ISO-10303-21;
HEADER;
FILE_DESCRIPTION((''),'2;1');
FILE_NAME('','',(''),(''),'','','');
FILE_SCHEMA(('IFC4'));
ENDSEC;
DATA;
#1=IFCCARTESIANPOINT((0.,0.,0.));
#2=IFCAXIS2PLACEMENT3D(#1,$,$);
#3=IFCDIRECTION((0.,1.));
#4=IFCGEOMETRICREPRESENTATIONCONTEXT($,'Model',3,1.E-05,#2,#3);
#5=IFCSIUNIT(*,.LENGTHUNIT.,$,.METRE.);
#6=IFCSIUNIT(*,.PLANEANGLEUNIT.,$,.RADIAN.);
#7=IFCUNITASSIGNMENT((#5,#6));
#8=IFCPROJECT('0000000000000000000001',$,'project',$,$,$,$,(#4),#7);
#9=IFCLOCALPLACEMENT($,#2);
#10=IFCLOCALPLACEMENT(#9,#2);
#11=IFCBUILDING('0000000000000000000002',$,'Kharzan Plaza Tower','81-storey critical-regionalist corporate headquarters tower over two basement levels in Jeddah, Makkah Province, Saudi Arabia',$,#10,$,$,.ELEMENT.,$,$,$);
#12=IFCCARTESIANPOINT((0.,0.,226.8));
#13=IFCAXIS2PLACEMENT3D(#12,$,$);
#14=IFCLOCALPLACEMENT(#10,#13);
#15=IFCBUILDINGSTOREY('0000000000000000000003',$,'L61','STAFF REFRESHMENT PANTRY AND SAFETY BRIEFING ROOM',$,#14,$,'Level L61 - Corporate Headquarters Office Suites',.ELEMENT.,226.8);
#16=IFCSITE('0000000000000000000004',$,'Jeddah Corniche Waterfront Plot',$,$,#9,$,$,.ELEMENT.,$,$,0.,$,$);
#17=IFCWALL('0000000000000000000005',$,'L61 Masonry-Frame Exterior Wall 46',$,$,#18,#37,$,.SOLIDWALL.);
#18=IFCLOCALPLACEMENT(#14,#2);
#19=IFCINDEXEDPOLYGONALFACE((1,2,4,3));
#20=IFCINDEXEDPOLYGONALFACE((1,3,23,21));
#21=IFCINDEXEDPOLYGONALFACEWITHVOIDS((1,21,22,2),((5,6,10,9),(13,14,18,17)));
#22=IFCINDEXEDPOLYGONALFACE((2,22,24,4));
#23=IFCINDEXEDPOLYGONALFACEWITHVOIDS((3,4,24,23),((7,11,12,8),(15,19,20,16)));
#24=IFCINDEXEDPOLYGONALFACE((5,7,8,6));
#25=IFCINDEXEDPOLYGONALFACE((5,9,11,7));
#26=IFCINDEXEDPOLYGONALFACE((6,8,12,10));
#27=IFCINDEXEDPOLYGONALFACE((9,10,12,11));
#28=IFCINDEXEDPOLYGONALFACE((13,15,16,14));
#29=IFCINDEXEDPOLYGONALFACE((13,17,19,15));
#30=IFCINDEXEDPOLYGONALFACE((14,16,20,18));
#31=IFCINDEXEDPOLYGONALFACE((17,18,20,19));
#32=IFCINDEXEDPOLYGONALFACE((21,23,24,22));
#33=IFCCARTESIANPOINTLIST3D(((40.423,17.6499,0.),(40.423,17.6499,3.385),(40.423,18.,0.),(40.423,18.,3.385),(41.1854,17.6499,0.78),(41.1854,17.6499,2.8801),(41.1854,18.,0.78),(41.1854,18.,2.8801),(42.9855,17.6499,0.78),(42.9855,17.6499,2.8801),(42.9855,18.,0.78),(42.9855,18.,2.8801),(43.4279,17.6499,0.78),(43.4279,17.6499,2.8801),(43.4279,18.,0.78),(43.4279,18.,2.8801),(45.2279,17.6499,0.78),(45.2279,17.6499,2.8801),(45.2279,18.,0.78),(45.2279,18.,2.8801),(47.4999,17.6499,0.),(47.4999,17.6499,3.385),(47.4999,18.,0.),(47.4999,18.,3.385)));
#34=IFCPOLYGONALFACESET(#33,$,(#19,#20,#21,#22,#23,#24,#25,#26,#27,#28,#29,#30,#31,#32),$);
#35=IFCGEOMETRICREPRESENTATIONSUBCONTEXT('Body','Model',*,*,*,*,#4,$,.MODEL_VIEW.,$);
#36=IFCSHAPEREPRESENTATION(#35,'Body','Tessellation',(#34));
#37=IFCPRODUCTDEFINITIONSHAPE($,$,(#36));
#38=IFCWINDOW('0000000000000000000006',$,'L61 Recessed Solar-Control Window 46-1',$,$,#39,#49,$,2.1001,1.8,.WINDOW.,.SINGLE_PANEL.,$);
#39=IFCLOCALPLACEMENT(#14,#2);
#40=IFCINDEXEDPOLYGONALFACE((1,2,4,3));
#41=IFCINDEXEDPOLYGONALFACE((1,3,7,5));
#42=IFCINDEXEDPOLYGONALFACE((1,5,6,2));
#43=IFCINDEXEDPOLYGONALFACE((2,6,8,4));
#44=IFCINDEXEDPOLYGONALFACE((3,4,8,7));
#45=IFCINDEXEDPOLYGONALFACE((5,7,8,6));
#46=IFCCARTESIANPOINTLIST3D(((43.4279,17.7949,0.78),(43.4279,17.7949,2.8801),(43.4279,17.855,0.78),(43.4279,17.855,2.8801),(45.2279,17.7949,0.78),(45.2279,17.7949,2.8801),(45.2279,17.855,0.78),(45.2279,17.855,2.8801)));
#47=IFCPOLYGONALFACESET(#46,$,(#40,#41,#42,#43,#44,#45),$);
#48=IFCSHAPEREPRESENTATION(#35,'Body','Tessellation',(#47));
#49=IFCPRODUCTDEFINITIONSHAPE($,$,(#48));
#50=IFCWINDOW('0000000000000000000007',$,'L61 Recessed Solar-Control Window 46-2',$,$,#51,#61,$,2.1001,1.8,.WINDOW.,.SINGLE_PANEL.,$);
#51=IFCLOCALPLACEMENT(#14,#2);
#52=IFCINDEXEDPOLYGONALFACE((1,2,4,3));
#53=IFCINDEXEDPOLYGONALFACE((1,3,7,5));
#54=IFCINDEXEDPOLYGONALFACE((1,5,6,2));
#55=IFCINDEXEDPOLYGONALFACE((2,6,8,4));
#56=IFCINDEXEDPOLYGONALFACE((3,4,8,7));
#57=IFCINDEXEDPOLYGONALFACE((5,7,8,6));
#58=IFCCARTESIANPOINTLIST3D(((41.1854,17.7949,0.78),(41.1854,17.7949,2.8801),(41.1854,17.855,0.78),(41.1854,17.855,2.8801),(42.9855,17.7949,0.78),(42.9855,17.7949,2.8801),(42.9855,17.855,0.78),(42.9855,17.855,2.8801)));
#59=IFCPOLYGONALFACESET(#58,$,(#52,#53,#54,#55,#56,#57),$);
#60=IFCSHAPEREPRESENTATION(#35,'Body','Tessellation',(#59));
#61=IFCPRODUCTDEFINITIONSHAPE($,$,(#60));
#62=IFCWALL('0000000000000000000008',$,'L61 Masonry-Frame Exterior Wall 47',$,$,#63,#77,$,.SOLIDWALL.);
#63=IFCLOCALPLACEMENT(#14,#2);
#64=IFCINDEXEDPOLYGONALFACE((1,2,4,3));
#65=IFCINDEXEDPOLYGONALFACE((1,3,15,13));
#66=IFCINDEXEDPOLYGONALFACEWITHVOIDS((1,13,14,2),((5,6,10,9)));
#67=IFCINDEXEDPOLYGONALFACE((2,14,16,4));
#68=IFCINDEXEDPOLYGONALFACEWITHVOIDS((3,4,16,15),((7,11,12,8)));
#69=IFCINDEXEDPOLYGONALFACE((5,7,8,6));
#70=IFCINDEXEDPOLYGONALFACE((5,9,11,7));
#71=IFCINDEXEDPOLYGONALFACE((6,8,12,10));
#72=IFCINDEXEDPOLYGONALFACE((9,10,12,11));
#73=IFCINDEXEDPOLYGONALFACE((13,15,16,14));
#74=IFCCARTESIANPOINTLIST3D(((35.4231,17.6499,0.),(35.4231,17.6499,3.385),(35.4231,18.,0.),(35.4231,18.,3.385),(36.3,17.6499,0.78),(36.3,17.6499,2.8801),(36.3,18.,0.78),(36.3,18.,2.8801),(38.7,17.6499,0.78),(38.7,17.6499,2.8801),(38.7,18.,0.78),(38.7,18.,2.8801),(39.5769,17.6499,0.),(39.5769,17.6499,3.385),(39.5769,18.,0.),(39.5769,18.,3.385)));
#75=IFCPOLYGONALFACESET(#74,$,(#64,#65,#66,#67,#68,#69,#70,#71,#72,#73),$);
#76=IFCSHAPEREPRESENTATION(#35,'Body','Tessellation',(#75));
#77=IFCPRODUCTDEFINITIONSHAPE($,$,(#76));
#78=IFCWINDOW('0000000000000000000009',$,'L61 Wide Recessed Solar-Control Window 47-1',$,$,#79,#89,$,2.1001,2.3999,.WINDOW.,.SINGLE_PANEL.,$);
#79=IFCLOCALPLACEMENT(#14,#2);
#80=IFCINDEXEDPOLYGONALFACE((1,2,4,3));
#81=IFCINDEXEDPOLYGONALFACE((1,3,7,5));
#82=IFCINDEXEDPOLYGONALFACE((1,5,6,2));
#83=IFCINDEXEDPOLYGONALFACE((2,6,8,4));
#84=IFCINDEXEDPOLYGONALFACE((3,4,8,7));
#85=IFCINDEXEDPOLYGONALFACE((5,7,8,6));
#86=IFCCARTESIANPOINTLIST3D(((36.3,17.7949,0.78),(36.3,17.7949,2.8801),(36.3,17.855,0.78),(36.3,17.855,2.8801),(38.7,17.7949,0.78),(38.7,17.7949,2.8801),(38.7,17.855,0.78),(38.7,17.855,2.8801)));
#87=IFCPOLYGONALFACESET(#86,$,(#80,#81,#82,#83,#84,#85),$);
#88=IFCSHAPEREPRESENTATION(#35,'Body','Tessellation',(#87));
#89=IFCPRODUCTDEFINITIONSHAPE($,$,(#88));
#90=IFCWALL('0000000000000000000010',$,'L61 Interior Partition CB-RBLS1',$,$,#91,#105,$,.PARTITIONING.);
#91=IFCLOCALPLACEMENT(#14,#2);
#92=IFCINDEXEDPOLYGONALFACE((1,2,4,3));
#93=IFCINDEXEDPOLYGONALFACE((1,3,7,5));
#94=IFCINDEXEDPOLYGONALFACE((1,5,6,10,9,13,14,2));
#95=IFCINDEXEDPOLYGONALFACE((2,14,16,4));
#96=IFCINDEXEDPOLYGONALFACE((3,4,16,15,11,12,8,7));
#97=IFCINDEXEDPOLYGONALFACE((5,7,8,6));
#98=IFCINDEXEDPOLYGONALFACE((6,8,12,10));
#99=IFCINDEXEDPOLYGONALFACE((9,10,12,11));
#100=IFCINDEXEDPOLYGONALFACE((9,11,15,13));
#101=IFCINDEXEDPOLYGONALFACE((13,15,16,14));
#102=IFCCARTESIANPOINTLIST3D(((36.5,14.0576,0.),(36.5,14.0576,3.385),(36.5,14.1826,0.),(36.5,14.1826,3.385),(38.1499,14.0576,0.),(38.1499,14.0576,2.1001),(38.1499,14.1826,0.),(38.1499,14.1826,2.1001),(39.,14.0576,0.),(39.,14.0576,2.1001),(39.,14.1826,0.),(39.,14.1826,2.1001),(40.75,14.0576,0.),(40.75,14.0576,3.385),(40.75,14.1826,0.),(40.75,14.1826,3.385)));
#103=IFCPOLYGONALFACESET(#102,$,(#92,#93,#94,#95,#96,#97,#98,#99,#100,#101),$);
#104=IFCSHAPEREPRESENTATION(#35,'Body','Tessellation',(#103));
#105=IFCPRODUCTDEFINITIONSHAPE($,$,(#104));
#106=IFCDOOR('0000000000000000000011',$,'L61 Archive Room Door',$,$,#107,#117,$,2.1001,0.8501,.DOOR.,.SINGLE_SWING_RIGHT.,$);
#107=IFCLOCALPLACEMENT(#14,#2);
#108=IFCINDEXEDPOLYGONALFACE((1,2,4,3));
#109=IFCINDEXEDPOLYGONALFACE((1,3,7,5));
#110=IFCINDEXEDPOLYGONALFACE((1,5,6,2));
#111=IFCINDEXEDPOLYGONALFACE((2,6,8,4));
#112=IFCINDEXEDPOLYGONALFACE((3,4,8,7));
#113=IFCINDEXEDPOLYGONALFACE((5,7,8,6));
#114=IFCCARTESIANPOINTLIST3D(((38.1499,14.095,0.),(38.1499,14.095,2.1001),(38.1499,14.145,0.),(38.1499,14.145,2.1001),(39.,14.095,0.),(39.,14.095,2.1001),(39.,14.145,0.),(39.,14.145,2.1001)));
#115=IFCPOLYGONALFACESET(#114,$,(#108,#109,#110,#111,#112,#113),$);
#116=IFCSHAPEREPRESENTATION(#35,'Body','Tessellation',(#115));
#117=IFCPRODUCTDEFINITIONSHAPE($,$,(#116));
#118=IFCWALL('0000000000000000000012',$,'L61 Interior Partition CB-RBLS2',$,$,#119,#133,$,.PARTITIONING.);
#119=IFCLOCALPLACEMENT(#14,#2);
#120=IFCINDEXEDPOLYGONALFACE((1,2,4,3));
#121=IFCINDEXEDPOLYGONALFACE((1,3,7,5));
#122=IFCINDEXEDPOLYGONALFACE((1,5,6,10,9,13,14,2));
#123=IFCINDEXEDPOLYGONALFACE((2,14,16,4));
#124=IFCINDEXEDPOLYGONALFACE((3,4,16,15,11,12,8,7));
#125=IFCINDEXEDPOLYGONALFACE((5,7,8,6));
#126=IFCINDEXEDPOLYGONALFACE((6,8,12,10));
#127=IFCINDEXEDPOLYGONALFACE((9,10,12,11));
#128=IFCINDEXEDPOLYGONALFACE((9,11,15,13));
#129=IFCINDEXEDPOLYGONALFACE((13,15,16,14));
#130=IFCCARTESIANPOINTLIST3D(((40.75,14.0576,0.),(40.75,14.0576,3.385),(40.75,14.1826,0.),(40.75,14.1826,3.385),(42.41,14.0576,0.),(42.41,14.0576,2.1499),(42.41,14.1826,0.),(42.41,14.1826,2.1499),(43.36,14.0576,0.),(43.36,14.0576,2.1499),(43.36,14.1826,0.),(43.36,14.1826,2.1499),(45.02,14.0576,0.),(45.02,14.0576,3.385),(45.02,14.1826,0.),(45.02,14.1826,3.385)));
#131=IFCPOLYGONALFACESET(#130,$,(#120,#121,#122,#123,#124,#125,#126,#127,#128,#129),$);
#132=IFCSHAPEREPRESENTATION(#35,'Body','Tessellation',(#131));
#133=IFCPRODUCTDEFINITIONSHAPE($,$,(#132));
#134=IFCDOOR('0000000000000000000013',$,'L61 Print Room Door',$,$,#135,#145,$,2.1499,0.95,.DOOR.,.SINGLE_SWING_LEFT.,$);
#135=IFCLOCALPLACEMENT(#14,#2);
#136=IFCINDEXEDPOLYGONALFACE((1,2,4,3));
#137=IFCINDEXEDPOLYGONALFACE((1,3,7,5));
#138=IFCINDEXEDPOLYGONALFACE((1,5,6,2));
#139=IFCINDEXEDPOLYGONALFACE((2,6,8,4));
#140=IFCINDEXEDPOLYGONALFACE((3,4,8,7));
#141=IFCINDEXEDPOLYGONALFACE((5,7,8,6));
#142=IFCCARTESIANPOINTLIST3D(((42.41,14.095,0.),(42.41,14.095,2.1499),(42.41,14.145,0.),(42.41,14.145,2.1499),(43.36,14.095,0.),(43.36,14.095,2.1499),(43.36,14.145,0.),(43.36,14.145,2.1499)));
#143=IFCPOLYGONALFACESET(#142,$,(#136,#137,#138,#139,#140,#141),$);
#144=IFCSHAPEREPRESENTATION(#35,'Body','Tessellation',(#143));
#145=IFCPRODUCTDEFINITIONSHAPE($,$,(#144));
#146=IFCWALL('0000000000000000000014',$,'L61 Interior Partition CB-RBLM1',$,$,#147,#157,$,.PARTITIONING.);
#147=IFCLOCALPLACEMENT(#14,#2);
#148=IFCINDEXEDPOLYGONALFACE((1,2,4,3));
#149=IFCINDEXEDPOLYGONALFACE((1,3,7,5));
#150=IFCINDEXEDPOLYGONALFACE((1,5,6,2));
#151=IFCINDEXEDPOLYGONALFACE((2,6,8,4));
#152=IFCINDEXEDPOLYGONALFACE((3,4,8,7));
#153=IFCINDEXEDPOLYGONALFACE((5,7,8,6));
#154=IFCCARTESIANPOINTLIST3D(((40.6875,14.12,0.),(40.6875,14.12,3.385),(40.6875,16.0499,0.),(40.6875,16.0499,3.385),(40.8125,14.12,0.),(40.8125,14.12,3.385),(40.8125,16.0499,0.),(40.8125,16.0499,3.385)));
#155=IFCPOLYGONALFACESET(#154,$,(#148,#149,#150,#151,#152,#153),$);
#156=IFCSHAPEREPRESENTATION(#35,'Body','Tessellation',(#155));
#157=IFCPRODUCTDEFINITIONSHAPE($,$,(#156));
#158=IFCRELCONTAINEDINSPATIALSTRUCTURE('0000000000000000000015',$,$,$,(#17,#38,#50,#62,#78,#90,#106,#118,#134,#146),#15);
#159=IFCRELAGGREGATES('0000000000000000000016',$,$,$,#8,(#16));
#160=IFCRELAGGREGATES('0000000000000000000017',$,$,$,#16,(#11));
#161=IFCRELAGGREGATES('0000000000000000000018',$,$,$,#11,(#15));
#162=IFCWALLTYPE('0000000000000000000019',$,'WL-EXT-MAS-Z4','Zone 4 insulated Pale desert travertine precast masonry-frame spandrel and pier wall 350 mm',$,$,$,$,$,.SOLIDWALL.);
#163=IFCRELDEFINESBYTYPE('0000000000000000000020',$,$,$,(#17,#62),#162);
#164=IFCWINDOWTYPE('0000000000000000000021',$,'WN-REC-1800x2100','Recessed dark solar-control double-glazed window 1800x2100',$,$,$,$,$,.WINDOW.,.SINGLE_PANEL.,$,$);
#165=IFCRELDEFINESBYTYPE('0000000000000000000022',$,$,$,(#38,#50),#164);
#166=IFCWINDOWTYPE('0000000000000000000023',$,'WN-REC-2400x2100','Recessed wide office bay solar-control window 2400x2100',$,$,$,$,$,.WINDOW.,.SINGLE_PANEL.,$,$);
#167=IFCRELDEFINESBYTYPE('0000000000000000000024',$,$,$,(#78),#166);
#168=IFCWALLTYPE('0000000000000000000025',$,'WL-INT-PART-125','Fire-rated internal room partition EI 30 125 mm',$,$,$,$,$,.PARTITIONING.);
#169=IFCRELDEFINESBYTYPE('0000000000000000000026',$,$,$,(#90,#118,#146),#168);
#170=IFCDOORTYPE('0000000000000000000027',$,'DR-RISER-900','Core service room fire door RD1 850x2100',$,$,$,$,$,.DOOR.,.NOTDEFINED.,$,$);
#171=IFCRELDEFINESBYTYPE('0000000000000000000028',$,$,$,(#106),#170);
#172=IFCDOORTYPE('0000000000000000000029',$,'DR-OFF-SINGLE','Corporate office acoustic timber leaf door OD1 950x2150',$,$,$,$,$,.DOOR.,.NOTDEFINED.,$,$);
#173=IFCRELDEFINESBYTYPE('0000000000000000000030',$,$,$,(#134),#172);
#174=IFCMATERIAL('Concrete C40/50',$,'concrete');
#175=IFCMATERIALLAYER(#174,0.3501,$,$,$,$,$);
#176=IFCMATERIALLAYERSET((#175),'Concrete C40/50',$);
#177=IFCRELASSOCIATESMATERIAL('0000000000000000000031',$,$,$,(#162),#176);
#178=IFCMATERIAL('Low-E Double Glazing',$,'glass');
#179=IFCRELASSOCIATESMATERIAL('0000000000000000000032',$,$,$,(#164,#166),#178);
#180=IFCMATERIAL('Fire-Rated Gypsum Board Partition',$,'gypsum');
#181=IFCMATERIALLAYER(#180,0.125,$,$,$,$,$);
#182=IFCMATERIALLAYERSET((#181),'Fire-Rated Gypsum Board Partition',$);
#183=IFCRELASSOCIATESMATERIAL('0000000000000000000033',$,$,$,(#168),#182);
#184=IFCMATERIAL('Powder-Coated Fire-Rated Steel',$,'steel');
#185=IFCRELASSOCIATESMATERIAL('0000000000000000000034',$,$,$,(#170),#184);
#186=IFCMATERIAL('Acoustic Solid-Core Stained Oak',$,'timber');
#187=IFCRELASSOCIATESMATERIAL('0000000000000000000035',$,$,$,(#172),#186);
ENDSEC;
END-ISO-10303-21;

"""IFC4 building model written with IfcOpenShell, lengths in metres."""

from ifc_helpers import new_model, si_unit, direction, frame, frame_2d, origin, place, context, subcontext, project, spatial, rectangle, extrude, source, transform, mapped, material, layer, layer_set, type_object, element, fill, save


model = new_model("IFC4")

# Units and contexts
model_context = context("Model", 3, precision=1e-05, world=origin(), true_north=direction((0.0, 1.0)))
body_context = subcontext(model_context, "Body", "Model", "MODEL_VIEW")
ifc_project = project(units=[si_unit("LENGTHUNIT", "METRE"), si_unit("PLANEANGLEUNIT", "RADIAN")], contexts=[model_context])

# Site, building, storey
site_placement = place(None, origin())
site = spatial("IfcSite", under=ifc_project, at=site_placement, Name="Jeddah Corniche Waterfront Plot", CompositionType="ELEMENT", RefElevation=0.0)
building_placement = place(site_placement, origin())
building = spatial("IfcBuilding", under=site, at=building_placement, Name="Kharzan Plaza Tower", Description="81-storey critical-regionalist corporate headquarters tower over two basement levels in Jeddah, Makkah Province, Saudi Arabia", CompositionType="ELEMENT")
storey_placement = place(building_placement, frame((0.0, 0.0, 226.8)))
storey = spatial("IfcBuildingStorey", under=building, at=storey_placement, Name="L61", Description="STAFF REFRESHMENT PANTRY AND SAFETY BRIEFING ROOM", LongName="Level L61 - Corporate Headquarters Office Suites", CompositionType="ELEMENT", Elevation=226.8)

# Shared definitions
ifc_material_1 = material(Name="Concrete C40/50", Category="concrete")
ifc_layer_1 = layer(ifc_material_1, 0.3501)
ifc_layer_set_1 = layer_set([ifc_layer_1], Name="Concrete C40/50")
wall_type_1 = type_object("IfcWallType", Name="WL-EXT-MAS-Z4", Description="Zone 4 insulated Pale desert travertine precast masonry-frame spandrel and pier wall 350 mm", PredefinedType="SOLIDWALL", material=ifc_layer_set_1)
ifc_material_2 = material(Name="Low-E Double Glazing", Category="glass")

# Wall, openings, windows
wall_1_placement = place(storey_placement, frame((47.5, 17.825, 0.0), z_axis=(0.0, 0.0, 1.0), x_axis=(-1.0, 0.0, 0.0)))
wall_1 = element("IfcWall", 1, at=wall_1_placement, inside=storey, type_object=wall_type_1, Name="L61 Masonry-Frame Exterior Wall 46", PredefinedType="SOLIDWALL", context=body_context, shape_type="SweptSolid", body=[
    extrude(rectangle(XDim=7.0769, YDim=0.3501, at=frame_2d((3.5386, 0.0))), origin(), (0.0, 0.0, 1.0), 3.385),
])
opening_1_placement = place(wall_1_placement, frame((2.2722, 0.0, 0.78)))
opening_1 = element("IfcOpeningElement", 2, at=opening_1_placement, cuts=wall_1, PredefinedType="OPENING", context=body_context, shape_type="SweptSolid", body=[
    extrude(rectangle(XDim=1.8, YDim=2.1001, at=frame_2d((0.8999, 1.05))), frame((0.0, 0.1851, 0.0), z_axis=(0.0, -1.0, 0.0), x_axis=(1.0, 0.0, 0.0)), (0.0, 0.0, 1.0), 0.3701),
])
opening_2_placement = place(wall_1_placement, frame((4.5146, 0.0, 0.78)))
opening_2 = element("IfcOpeningElement", 3, at=opening_2_placement, cuts=wall_1, PredefinedType="OPENING", context=body_context, shape_type="SweptSolid", body=[
    extrude(rectangle(XDim=1.8, YDim=2.1001, at=frame_2d((0.8999, 1.05))), frame((0.0, 0.1851, 0.0), z_axis=(0.0, -1.0, 0.0), x_axis=(1.0, 0.0, 0.0)), (0.0, 0.0, 1.0), 0.3701),
])
window_type_1 = type_object("IfcWindowType", Name="WN-REC-1800x2100", Description="Recessed dark solar-control double-glazed window 1800x2100", PartitioningType="SINGLE_PANEL", PredefinedType="WINDOW", material=ifc_material_2)
shared_shape_1 = source(origin(), body_context, "Body", "SweptSolid", [
    extrude(rectangle(XDim=1.8, YDim=2.1001, at=frame_2d((0.8999, 1.05))), frame((0.0, 0.03, 0.0), z_axis=(0.0, -1.0, 0.0), x_axis=(1.0, 0.0, 0.0)), (0.0, 0.0, 1.0), 0.0601),
])
window_1_placement = place(opening_1_placement, origin())
window_1 = element("IfcWindow", 4, at=window_1_placement, inside=storey, type_object=window_type_1, Name="L61 Recessed Solar-Control Window 46-1", OverallHeight=2.1001, OverallWidth=1.8, PartitioningType="SINGLE_PANEL", PredefinedType="WINDOW", context=body_context, shape_type="MappedRepresentation", body=[
    mapped(shared_shape_1, transform((0.0, 0.0, 0.0), x_axis=(1.0, 0.0, 0.0), y_axis=(0.0, 1.0, 0.0), z_axis=(0.0, 0.0, 1.0))),
])
fill(opening_1, window_1)
window_2_placement = place(opening_2_placement, origin())
window_2 = element("IfcWindow", 5, at=window_2_placement, inside=storey, type_object=window_type_1, Name="L61 Recessed Solar-Control Window 46-2", OverallHeight=2.1001, OverallWidth=1.8, PartitioningType="SINGLE_PANEL", PredefinedType="WINDOW", context=body_context, shape_type="MappedRepresentation", body=[
    mapped(shared_shape_1, transform((0.0, 0.0, 0.0), x_axis=(1.0, 0.0, 0.0), y_axis=(0.0, 1.0, 0.0), z_axis=(0.0, 0.0, 1.0))),
])
fill(opening_2, window_2)

# Wall, opening, window
wall_2_placement = place(storey_placement, frame((39.5769, 17.825, 0.0), z_axis=(0.0, 0.0, 1.0), x_axis=(-1.0, 0.0, 0.0)))
wall_2 = element("IfcWall", 6, at=wall_2_placement, inside=storey, type_object=wall_type_1, Name="L61 Masonry-Frame Exterior Wall 47", PredefinedType="SOLIDWALL", context=body_context, shape_type="SweptSolid", body=[
    extrude(rectangle(XDim=4.1538, YDim=0.3501, at=frame_2d((2.0769, 0.0))), origin(), (0.0, 0.0, 1.0), 3.385),
])
opening_3_placement = place(wall_2_placement, frame((0.877, 0.0, 0.78)))
opening_3 = element("IfcOpeningElement", 7, at=opening_3_placement, cuts=wall_2, PredefinedType="OPENING", context=body_context, shape_type="SweptSolid", body=[
    extrude(rectangle(XDim=2.3999, YDim=2.1001, at=frame_2d((1.2, 1.05))), frame((0.0, 0.1851, 0.0), z_axis=(0.0, -1.0, 0.0), x_axis=(1.0, 0.0, 0.0)), (0.0, 0.0, 1.0), 0.3701),
])
window_type_2 = type_object("IfcWindowType", Name="WN-REC-2400x2100", Description="Recessed wide office bay solar-control window 2400x2100", PartitioningType="SINGLE_PANEL", PredefinedType="WINDOW", material=ifc_material_2)
shared_shape_2 = source(origin(), body_context, "Body", "SweptSolid", [
    extrude(rectangle(XDim=2.3999, YDim=2.1001, at=frame_2d((1.2, 1.05))), frame((0.0, 0.03, 0.0), z_axis=(0.0, -1.0, 0.0), x_axis=(1.0, 0.0, 0.0)), (0.0, 0.0, 1.0), 0.0601),
])
window_3_placement = place(opening_3_placement, origin())
window_3 = element("IfcWindow", 8, at=window_3_placement, inside=storey, type_object=window_type_2, Name="L61 Wide Recessed Solar-Control Window 47-1", OverallHeight=2.1001, OverallWidth=2.3999, PartitioningType="SINGLE_PANEL", PredefinedType="WINDOW", context=body_context, shape_type="MappedRepresentation", body=[
    mapped(shared_shape_2, transform((0.0, 0.0, 0.0), x_axis=(1.0, 0.0, 0.0), y_axis=(0.0, 1.0, 0.0), z_axis=(0.0, 0.0, 1.0))),
])
fill(opening_3, window_3)

# Walls, openings, doors
ifc_material_3 = material(Name="Fire-Rated Gypsum Board Partition", Category="gypsum")
ifc_layer_2 = layer(ifc_material_3, 0.125)
ifc_layer_set_2 = layer_set([ifc_layer_2], Name="Fire-Rated Gypsum Board Partition")
wall_type_2 = type_object("IfcWallType", Name="WL-INT-PART-125", Description="Fire-rated internal room partition EI 30 125 mm", PredefinedType="PARTITIONING", material=ifc_layer_set_2)
wall_3_placement = place(storey_placement, frame((36.5, 14.1201, 0.0), z_axis=(0.0, 0.0, 1.0), x_axis=(1.0, 0.0, 0.0)))
wall_3 = element("IfcWall", 9, at=wall_3_placement, inside=storey, type_object=wall_type_2, Name="L61 Interior Partition CB-RBLS1", PredefinedType="PARTITIONING", context=body_context, shape_type="SweptSolid", body=[
    extrude(rectangle(XDim=4.25, YDim=0.125, at=frame_2d((2.125, 0.0))), origin(), (0.0, 0.0, 1.0), 3.385),
])
opening_4_placement = place(wall_3_placement, frame((1.6499, 0.0, 0.0)))
opening_4 = element("IfcOpeningElement", 10, at=opening_4_placement, cuts=wall_3, PredefinedType="OPENING", context=body_context, shape_type="SweptSolid", body=[
    extrude(rectangle(XDim=0.8501, YDim=2.1001, at=frame_2d((0.425, 1.05))), frame((0.0, 0.0725, 0.0), z_axis=(0.0, -1.0, 0.0), x_axis=(1.0, 0.0, 0.0)), (0.0, 0.0, 1.0), 0.145),
])
ifc_material_4 = material(Name="Powder-Coated Fire-Rated Steel", Category="steel")
door_type_1 = type_object("IfcDoorType", Name="DR-RISER-900", Description="Core service room fire door RD1 850x2100", OperationType="NOTDEFINED", PredefinedType="DOOR", material=ifc_material_4)
shared_shape_3 = source(origin(), body_context, "Body", "SweptSolid", [
    extrude(rectangle(XDim=0.8501, YDim=2.1001, at=frame_2d((0.425, 1.05))), frame((0.0, 0.0249, 0.0), z_axis=(0.0, -1.0, 0.0), x_axis=(1.0, 0.0, 0.0)), (0.0, 0.0, 1.0), 0.05),
])
door_1_placement = place(opening_4_placement, origin())
door_1 = element("IfcDoor", 11, at=door_1_placement, inside=storey, type_object=door_type_1, Name="L61 Archive Room Door", OperationType="SINGLE_SWING_RIGHT", OverallHeight=2.1001, OverallWidth=0.8501, PredefinedType="DOOR", context=body_context, shape_type="MappedRepresentation", body=[
    mapped(shared_shape_3, transform((0.0, 0.0, 0.0), x_axis=(1.0, 0.0, 0.0), y_axis=(0.0, 1.0, 0.0), z_axis=(0.0, 0.0, 1.0))),
])
fill(opening_4, door_1)
wall_4_placement = place(storey_placement, frame((40.75, 14.1201, 0.0), z_axis=(0.0, 0.0, 1.0), x_axis=(1.0, 0.0, 0.0)))
wall_4 = element("IfcWall", 12, at=wall_4_placement, inside=storey, type_object=wall_type_2, Name="L61 Interior Partition CB-RBLS2", PredefinedType="PARTITIONING", context=body_context, shape_type="SweptSolid", body=[
    extrude(rectangle(XDim=4.27, YDim=0.125, at=frame_2d((2.135, 0.0))), origin(), (0.0, 0.0, 1.0), 3.385),
])
opening_5_placement = place(wall_4_placement, frame((1.6599, 0.0, 0.0)))
opening_5 = element("IfcOpeningElement", 13, at=opening_5_placement, cuts=wall_4, PredefinedType="OPENING", context=body_context, shape_type="SweptSolid", body=[
    extrude(rectangle(XDim=0.95, YDim=2.1499, at=frame_2d((0.4751, 1.075))), frame((0.0, 0.0725, 0.0), z_axis=(0.0, -1.0, 0.0), x_axis=(1.0, 0.0, 0.0)), (0.0, 0.0, 1.0), 0.145),
])
ifc_material_5 = material(Name="Acoustic Solid-Core Stained Oak", Category="timber")
door_type_2 = type_object("IfcDoorType", Name="DR-OFF-SINGLE", Description="Corporate office acoustic timber leaf door OD1 950x2150", OperationType="NOTDEFINED", PredefinedType="DOOR", material=ifc_material_5)
shared_shape_4 = source(origin(), body_context, "Body", "SweptSolid", [
    extrude(rectangle(XDim=0.95, YDim=2.1499, at=frame_2d((0.4751, 1.075))), frame((0.0, 0.0249, 0.0), z_axis=(0.0, -1.0, 0.0), x_axis=(1.0, 0.0, 0.0)), (0.0, 0.0, 1.0), 0.05),
])
door_2_placement = place(opening_5_placement, origin())
door_2 = element("IfcDoor", 14, at=door_2_placement, inside=storey, type_object=door_type_2, Name="L61 Print Room Door", OperationType="SINGLE_SWING_LEFT", OverallHeight=2.1499, OverallWidth=0.95, PredefinedType="DOOR", context=body_context, shape_type="MappedRepresentation", body=[
    mapped(shared_shape_4, transform((0.0, 0.0, 0.0), x_axis=(1.0, 0.0, 0.0), y_axis=(0.0, 1.0, 0.0), z_axis=(0.0, 0.0, 1.0))),
])
fill(opening_5, door_2)

# Wall
shared_shape_5 = source(origin(), body_context, "Body", "SweptSolid", [
    extrude(rectangle(XDim=1.9299, YDim=0.125, at=frame_2d((0.9648, 0.0))), origin(), (0.0, 0.0, 1.0), 3.385),
])
wall_5_placement = place(storey_placement, frame((40.75, 14.1201, 0.0), z_axis=(0.0, 0.0, 1.0), x_axis=(0.0, 1.0, 0.0)))
element("IfcWall", 15, at=wall_5_placement, inside=storey, type_object=wall_type_2, Name="L61 Interior Partition CB-RBLM1", PredefinedType="PARTITIONING", context=body_context, shape_type="MappedRepresentation", body=[
    mapped(shared_shape_5, transform((0.0, 0.0, 0.0), x_axis=(1.0, 0.0, 0.0), y_axis=(0.0, 1.0, 0.0), z_axis=(0.0, 0.0, 1.0))),
])

save(model, "model.ifc")
